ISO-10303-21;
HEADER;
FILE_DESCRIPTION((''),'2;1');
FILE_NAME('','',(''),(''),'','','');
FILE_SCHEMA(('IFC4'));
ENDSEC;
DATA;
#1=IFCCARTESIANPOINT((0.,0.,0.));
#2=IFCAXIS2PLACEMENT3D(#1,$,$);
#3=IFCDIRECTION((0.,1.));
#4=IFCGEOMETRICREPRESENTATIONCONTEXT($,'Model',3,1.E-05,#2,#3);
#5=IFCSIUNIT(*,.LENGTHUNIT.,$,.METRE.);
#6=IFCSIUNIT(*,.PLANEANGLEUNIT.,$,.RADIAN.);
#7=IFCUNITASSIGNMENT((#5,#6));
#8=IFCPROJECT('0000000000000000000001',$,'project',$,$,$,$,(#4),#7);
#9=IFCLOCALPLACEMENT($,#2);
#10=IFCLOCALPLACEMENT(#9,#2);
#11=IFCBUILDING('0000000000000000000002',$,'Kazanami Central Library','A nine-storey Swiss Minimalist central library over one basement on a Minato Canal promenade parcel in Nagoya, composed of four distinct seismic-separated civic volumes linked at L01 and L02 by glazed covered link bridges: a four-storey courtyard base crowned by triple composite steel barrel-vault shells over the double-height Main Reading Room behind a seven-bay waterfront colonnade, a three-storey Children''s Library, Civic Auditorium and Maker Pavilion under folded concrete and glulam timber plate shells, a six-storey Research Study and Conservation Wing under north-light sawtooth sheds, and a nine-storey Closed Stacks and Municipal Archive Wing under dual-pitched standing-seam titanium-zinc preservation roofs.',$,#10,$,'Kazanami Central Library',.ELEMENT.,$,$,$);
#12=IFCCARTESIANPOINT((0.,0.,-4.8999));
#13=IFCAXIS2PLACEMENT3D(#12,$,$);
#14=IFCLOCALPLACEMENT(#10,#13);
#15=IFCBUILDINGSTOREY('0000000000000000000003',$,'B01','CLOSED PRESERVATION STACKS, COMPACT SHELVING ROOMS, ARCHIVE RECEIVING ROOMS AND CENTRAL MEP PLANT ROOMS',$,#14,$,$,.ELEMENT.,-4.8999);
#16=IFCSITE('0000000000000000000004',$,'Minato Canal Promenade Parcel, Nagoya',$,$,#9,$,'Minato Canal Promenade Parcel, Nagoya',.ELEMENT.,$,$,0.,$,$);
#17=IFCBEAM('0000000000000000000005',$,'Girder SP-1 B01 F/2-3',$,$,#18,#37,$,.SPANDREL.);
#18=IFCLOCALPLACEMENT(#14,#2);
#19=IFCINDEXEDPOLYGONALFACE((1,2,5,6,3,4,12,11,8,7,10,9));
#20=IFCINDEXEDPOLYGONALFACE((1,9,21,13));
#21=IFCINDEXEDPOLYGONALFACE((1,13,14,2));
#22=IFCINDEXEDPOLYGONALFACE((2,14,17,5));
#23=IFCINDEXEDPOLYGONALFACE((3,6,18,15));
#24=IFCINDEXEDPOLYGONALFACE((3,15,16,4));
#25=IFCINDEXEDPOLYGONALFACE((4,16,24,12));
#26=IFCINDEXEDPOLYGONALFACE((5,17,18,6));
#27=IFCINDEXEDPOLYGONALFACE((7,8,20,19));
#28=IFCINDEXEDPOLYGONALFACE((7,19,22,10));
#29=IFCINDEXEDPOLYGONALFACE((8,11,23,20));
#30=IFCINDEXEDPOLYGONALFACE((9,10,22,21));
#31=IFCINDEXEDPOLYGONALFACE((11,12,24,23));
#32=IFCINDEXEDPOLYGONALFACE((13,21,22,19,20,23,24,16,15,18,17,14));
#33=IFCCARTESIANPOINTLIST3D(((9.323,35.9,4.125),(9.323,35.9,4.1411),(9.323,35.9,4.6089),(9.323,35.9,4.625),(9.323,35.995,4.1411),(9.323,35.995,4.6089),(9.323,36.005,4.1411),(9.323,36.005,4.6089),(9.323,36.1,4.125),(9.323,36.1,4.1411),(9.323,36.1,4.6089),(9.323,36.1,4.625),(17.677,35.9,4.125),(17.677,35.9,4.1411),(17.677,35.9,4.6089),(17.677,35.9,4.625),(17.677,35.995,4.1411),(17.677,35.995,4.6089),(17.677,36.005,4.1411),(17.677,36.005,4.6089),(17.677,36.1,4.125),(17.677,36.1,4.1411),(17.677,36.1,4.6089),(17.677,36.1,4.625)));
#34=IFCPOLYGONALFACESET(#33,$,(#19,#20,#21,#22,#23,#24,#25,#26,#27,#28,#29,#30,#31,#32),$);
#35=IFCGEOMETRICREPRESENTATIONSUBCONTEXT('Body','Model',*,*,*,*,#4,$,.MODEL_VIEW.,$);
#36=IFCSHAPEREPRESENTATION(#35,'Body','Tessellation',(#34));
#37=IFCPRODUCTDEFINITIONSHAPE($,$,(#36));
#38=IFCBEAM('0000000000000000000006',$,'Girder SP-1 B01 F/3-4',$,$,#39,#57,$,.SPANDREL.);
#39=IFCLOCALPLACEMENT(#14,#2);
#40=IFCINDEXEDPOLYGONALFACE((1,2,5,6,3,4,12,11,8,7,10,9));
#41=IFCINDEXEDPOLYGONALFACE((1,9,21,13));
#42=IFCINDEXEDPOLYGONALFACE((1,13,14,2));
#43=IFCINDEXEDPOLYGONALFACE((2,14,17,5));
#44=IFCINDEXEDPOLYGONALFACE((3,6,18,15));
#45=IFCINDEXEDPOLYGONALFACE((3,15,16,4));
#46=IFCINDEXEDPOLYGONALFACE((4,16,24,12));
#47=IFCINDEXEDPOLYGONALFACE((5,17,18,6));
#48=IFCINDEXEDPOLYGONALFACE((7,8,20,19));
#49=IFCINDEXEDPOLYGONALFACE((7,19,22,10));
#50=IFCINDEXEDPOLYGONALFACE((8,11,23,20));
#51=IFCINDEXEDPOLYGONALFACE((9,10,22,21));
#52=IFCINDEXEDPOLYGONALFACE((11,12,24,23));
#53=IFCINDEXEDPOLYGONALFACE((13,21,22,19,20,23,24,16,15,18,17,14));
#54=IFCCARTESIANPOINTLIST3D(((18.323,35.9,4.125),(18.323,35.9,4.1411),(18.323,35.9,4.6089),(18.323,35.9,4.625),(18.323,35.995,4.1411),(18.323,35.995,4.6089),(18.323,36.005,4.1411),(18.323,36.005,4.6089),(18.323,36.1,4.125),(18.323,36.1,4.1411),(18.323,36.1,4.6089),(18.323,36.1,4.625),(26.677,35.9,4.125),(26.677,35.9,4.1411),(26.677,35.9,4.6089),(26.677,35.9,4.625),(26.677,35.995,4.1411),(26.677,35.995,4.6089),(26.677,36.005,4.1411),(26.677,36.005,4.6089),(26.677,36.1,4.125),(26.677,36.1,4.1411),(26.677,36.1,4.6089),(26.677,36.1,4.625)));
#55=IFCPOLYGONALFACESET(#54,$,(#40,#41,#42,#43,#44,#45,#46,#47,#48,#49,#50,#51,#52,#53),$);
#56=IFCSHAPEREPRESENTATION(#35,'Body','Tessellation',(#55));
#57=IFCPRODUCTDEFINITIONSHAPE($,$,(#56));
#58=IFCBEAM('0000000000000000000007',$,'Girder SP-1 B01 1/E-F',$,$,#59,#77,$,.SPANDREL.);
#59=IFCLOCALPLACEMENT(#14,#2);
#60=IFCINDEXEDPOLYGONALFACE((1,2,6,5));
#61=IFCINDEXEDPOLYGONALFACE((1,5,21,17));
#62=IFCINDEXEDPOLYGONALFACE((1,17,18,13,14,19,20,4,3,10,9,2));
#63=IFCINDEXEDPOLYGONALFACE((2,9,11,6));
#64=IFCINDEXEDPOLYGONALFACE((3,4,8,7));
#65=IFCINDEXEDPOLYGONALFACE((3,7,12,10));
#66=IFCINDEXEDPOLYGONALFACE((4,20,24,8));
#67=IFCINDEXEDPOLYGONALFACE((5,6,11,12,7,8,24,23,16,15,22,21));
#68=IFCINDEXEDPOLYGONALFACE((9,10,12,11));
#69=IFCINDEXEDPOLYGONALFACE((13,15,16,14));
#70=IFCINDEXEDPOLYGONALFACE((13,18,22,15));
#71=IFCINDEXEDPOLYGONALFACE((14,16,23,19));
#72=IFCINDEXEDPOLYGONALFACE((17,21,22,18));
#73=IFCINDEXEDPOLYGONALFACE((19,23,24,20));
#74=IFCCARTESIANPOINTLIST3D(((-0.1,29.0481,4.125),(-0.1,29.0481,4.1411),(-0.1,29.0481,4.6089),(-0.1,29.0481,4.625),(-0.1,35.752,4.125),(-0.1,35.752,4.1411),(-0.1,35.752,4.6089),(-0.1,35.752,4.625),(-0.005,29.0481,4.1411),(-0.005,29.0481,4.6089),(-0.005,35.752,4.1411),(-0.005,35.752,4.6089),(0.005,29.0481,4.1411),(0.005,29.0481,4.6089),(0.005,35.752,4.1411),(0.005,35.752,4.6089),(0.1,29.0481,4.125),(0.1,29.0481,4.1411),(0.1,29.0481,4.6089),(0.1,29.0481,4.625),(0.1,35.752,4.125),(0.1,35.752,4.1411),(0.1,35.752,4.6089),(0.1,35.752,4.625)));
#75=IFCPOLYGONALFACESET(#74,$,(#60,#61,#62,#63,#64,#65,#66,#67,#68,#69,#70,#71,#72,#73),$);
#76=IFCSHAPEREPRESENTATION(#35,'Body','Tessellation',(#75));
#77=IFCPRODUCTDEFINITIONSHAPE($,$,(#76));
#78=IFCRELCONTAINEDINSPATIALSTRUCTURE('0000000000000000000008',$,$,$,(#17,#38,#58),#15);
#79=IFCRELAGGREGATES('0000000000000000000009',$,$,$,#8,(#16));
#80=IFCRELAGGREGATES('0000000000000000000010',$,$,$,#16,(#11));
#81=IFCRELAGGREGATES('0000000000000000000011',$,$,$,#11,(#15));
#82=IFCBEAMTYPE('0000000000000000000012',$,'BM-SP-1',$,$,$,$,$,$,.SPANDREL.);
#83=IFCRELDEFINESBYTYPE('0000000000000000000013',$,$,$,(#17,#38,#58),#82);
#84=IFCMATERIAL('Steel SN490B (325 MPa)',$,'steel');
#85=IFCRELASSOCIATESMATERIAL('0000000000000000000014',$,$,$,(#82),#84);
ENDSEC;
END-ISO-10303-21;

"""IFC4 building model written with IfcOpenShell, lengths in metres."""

from ifc_helpers import new_model, si_unit, direction, frame, origin, origin_2d, place, context, subcontext, project, spatial, i_section, extrude, material, material_profile, profile_set, type_object, element, save


model = new_model("IFC4")

# Units and contexts
model_context = context("Model", 3, precision=1e-05, world=origin(), true_north=direction((0.0, 1.0)))
body_context = subcontext(model_context, "Body", "Model", "MODEL_VIEW")
ifc_project = project(units=[si_unit("LENGTHUNIT", "METRE"), si_unit("PLANEANGLEUNIT", "RADIAN")], contexts=[model_context])

# Site, building, storey
site_placement = place(None, origin())
site = spatial("IfcSite", under=ifc_project, at=site_placement, Name="Minato Canal Promenade Parcel, Nagoya", LongName="Minato Canal Promenade Parcel, Nagoya", CompositionType="ELEMENT", RefElevation=0.0)
building_placement = place(site_placement, origin())
building = spatial("IfcBuilding", under=site, at=building_placement, Name="Kazanami Central Library", Description="A nine-storey Swiss Minimalist central library over one basement on a Minato Canal promenade parcel in Nagoya, composed of four distinct seismic-separated civic volumes linked at L01 and L02 by glazed covered link bridges: a four-storey courtyard base crowned by triple composite steel barrel-vault shells over the double-height Main Reading Room behind a seven-bay waterfront colonnade, a three-storey Children's Library, Civic Auditorium and Maker Pavilion under folded concrete and glulam timber plate shells, a six-storey Research Study and Conservation Wing under north-light sawtooth sheds, and a nine-storey Closed Stacks and Municipal Archive Wing under dual-pitched standing-seam titanium-zinc preservation roofs.", LongName="Kazanami Central Library", CompositionType="ELEMENT")
storey_placement = place(building_placement, frame((0.0, 0.0, -4.8999)))
storey = spatial("IfcBuildingStorey", under=building, at=storey_placement, Name="B01", Description="CLOSED PRESERVATION STACKS, COMPACT SHELVING ROOMS, ARCHIVE RECEIVING ROOMS AND CENTRAL MEP PLANT ROOMS", CompositionType="ELEMENT", Elevation=-4.8999)

# Beams
ifc_material_1 = material(Name="Steel SN490B (325 MPa)", Category="steel")
ifc_material_profile_1 = material_profile(ifc_material_1, i_section(OverallWidth=0.2, OverallDepth=0.5, WebThickness=0.01, FlangeThickness=0.0161, at=origin_2d()), Name="H-500x200x10x16")
ifc_profile_set_1 = profile_set([ifc_material_profile_1], Name="Steel SN490B (325 MPa)")
beam_type_1 = type_object("IfcBeamType", Name="BM-SP-1", PredefinedType="SPANDREL", material=ifc_profile_set_1)
for number, where, z_axis, x_axis, name in (
    (1, (9.323, 36.0, 4.375), (1.0, 0.0, 0.0), (0.0, 1.0, 0.0), "Girder SP-1 B01 F/2-3"),
    (2, (18.323, 36.0, 4.375), (1.0, 0.0, 0.0), (0.0, 1.0, 0.0), "Girder SP-1 B01 F/3-4"),
):
    element("IfcBeam", number, at=place(storey_placement, frame(where, z_axis=z_axis, x_axis=x_axis)), inside=storey, type_object=beam_type_1, Name=name, PredefinedType="SPANDREL", context=body_context, shape_type="SweptSolid", body=[
        extrude(i_section(OverallWidth=0.2, OverallDepth=0.5, WebThickness=0.01, FlangeThickness=0.0161, at=origin_2d()), origin(), (0.0, 0.0, 1.0), 8.354),
    ])
beam_1_placement = place(storey_placement, frame((0.0, 29.0481, 4.375), z_axis=(0.0, 1.0, 0.0), x_axis=(-1.0, 0.0, 0.0)))
element("IfcBeam", 3, at=beam_1_placement, inside=storey, type_object=beam_type_1, Name="Girder SP-1 B01 1/E-F", PredefinedType="SPANDREL", context=body_context, shape_type="SweptSolid", body=[
    extrude(i_section(OverallWidth=0.2, OverallDepth=0.5, WebThickness=0.01, FlangeThickness=0.0161, at=origin_2d()), origin(), (0.0, 0.0, 1.0), 6.7039),
])

save(model, "model.ifc")
